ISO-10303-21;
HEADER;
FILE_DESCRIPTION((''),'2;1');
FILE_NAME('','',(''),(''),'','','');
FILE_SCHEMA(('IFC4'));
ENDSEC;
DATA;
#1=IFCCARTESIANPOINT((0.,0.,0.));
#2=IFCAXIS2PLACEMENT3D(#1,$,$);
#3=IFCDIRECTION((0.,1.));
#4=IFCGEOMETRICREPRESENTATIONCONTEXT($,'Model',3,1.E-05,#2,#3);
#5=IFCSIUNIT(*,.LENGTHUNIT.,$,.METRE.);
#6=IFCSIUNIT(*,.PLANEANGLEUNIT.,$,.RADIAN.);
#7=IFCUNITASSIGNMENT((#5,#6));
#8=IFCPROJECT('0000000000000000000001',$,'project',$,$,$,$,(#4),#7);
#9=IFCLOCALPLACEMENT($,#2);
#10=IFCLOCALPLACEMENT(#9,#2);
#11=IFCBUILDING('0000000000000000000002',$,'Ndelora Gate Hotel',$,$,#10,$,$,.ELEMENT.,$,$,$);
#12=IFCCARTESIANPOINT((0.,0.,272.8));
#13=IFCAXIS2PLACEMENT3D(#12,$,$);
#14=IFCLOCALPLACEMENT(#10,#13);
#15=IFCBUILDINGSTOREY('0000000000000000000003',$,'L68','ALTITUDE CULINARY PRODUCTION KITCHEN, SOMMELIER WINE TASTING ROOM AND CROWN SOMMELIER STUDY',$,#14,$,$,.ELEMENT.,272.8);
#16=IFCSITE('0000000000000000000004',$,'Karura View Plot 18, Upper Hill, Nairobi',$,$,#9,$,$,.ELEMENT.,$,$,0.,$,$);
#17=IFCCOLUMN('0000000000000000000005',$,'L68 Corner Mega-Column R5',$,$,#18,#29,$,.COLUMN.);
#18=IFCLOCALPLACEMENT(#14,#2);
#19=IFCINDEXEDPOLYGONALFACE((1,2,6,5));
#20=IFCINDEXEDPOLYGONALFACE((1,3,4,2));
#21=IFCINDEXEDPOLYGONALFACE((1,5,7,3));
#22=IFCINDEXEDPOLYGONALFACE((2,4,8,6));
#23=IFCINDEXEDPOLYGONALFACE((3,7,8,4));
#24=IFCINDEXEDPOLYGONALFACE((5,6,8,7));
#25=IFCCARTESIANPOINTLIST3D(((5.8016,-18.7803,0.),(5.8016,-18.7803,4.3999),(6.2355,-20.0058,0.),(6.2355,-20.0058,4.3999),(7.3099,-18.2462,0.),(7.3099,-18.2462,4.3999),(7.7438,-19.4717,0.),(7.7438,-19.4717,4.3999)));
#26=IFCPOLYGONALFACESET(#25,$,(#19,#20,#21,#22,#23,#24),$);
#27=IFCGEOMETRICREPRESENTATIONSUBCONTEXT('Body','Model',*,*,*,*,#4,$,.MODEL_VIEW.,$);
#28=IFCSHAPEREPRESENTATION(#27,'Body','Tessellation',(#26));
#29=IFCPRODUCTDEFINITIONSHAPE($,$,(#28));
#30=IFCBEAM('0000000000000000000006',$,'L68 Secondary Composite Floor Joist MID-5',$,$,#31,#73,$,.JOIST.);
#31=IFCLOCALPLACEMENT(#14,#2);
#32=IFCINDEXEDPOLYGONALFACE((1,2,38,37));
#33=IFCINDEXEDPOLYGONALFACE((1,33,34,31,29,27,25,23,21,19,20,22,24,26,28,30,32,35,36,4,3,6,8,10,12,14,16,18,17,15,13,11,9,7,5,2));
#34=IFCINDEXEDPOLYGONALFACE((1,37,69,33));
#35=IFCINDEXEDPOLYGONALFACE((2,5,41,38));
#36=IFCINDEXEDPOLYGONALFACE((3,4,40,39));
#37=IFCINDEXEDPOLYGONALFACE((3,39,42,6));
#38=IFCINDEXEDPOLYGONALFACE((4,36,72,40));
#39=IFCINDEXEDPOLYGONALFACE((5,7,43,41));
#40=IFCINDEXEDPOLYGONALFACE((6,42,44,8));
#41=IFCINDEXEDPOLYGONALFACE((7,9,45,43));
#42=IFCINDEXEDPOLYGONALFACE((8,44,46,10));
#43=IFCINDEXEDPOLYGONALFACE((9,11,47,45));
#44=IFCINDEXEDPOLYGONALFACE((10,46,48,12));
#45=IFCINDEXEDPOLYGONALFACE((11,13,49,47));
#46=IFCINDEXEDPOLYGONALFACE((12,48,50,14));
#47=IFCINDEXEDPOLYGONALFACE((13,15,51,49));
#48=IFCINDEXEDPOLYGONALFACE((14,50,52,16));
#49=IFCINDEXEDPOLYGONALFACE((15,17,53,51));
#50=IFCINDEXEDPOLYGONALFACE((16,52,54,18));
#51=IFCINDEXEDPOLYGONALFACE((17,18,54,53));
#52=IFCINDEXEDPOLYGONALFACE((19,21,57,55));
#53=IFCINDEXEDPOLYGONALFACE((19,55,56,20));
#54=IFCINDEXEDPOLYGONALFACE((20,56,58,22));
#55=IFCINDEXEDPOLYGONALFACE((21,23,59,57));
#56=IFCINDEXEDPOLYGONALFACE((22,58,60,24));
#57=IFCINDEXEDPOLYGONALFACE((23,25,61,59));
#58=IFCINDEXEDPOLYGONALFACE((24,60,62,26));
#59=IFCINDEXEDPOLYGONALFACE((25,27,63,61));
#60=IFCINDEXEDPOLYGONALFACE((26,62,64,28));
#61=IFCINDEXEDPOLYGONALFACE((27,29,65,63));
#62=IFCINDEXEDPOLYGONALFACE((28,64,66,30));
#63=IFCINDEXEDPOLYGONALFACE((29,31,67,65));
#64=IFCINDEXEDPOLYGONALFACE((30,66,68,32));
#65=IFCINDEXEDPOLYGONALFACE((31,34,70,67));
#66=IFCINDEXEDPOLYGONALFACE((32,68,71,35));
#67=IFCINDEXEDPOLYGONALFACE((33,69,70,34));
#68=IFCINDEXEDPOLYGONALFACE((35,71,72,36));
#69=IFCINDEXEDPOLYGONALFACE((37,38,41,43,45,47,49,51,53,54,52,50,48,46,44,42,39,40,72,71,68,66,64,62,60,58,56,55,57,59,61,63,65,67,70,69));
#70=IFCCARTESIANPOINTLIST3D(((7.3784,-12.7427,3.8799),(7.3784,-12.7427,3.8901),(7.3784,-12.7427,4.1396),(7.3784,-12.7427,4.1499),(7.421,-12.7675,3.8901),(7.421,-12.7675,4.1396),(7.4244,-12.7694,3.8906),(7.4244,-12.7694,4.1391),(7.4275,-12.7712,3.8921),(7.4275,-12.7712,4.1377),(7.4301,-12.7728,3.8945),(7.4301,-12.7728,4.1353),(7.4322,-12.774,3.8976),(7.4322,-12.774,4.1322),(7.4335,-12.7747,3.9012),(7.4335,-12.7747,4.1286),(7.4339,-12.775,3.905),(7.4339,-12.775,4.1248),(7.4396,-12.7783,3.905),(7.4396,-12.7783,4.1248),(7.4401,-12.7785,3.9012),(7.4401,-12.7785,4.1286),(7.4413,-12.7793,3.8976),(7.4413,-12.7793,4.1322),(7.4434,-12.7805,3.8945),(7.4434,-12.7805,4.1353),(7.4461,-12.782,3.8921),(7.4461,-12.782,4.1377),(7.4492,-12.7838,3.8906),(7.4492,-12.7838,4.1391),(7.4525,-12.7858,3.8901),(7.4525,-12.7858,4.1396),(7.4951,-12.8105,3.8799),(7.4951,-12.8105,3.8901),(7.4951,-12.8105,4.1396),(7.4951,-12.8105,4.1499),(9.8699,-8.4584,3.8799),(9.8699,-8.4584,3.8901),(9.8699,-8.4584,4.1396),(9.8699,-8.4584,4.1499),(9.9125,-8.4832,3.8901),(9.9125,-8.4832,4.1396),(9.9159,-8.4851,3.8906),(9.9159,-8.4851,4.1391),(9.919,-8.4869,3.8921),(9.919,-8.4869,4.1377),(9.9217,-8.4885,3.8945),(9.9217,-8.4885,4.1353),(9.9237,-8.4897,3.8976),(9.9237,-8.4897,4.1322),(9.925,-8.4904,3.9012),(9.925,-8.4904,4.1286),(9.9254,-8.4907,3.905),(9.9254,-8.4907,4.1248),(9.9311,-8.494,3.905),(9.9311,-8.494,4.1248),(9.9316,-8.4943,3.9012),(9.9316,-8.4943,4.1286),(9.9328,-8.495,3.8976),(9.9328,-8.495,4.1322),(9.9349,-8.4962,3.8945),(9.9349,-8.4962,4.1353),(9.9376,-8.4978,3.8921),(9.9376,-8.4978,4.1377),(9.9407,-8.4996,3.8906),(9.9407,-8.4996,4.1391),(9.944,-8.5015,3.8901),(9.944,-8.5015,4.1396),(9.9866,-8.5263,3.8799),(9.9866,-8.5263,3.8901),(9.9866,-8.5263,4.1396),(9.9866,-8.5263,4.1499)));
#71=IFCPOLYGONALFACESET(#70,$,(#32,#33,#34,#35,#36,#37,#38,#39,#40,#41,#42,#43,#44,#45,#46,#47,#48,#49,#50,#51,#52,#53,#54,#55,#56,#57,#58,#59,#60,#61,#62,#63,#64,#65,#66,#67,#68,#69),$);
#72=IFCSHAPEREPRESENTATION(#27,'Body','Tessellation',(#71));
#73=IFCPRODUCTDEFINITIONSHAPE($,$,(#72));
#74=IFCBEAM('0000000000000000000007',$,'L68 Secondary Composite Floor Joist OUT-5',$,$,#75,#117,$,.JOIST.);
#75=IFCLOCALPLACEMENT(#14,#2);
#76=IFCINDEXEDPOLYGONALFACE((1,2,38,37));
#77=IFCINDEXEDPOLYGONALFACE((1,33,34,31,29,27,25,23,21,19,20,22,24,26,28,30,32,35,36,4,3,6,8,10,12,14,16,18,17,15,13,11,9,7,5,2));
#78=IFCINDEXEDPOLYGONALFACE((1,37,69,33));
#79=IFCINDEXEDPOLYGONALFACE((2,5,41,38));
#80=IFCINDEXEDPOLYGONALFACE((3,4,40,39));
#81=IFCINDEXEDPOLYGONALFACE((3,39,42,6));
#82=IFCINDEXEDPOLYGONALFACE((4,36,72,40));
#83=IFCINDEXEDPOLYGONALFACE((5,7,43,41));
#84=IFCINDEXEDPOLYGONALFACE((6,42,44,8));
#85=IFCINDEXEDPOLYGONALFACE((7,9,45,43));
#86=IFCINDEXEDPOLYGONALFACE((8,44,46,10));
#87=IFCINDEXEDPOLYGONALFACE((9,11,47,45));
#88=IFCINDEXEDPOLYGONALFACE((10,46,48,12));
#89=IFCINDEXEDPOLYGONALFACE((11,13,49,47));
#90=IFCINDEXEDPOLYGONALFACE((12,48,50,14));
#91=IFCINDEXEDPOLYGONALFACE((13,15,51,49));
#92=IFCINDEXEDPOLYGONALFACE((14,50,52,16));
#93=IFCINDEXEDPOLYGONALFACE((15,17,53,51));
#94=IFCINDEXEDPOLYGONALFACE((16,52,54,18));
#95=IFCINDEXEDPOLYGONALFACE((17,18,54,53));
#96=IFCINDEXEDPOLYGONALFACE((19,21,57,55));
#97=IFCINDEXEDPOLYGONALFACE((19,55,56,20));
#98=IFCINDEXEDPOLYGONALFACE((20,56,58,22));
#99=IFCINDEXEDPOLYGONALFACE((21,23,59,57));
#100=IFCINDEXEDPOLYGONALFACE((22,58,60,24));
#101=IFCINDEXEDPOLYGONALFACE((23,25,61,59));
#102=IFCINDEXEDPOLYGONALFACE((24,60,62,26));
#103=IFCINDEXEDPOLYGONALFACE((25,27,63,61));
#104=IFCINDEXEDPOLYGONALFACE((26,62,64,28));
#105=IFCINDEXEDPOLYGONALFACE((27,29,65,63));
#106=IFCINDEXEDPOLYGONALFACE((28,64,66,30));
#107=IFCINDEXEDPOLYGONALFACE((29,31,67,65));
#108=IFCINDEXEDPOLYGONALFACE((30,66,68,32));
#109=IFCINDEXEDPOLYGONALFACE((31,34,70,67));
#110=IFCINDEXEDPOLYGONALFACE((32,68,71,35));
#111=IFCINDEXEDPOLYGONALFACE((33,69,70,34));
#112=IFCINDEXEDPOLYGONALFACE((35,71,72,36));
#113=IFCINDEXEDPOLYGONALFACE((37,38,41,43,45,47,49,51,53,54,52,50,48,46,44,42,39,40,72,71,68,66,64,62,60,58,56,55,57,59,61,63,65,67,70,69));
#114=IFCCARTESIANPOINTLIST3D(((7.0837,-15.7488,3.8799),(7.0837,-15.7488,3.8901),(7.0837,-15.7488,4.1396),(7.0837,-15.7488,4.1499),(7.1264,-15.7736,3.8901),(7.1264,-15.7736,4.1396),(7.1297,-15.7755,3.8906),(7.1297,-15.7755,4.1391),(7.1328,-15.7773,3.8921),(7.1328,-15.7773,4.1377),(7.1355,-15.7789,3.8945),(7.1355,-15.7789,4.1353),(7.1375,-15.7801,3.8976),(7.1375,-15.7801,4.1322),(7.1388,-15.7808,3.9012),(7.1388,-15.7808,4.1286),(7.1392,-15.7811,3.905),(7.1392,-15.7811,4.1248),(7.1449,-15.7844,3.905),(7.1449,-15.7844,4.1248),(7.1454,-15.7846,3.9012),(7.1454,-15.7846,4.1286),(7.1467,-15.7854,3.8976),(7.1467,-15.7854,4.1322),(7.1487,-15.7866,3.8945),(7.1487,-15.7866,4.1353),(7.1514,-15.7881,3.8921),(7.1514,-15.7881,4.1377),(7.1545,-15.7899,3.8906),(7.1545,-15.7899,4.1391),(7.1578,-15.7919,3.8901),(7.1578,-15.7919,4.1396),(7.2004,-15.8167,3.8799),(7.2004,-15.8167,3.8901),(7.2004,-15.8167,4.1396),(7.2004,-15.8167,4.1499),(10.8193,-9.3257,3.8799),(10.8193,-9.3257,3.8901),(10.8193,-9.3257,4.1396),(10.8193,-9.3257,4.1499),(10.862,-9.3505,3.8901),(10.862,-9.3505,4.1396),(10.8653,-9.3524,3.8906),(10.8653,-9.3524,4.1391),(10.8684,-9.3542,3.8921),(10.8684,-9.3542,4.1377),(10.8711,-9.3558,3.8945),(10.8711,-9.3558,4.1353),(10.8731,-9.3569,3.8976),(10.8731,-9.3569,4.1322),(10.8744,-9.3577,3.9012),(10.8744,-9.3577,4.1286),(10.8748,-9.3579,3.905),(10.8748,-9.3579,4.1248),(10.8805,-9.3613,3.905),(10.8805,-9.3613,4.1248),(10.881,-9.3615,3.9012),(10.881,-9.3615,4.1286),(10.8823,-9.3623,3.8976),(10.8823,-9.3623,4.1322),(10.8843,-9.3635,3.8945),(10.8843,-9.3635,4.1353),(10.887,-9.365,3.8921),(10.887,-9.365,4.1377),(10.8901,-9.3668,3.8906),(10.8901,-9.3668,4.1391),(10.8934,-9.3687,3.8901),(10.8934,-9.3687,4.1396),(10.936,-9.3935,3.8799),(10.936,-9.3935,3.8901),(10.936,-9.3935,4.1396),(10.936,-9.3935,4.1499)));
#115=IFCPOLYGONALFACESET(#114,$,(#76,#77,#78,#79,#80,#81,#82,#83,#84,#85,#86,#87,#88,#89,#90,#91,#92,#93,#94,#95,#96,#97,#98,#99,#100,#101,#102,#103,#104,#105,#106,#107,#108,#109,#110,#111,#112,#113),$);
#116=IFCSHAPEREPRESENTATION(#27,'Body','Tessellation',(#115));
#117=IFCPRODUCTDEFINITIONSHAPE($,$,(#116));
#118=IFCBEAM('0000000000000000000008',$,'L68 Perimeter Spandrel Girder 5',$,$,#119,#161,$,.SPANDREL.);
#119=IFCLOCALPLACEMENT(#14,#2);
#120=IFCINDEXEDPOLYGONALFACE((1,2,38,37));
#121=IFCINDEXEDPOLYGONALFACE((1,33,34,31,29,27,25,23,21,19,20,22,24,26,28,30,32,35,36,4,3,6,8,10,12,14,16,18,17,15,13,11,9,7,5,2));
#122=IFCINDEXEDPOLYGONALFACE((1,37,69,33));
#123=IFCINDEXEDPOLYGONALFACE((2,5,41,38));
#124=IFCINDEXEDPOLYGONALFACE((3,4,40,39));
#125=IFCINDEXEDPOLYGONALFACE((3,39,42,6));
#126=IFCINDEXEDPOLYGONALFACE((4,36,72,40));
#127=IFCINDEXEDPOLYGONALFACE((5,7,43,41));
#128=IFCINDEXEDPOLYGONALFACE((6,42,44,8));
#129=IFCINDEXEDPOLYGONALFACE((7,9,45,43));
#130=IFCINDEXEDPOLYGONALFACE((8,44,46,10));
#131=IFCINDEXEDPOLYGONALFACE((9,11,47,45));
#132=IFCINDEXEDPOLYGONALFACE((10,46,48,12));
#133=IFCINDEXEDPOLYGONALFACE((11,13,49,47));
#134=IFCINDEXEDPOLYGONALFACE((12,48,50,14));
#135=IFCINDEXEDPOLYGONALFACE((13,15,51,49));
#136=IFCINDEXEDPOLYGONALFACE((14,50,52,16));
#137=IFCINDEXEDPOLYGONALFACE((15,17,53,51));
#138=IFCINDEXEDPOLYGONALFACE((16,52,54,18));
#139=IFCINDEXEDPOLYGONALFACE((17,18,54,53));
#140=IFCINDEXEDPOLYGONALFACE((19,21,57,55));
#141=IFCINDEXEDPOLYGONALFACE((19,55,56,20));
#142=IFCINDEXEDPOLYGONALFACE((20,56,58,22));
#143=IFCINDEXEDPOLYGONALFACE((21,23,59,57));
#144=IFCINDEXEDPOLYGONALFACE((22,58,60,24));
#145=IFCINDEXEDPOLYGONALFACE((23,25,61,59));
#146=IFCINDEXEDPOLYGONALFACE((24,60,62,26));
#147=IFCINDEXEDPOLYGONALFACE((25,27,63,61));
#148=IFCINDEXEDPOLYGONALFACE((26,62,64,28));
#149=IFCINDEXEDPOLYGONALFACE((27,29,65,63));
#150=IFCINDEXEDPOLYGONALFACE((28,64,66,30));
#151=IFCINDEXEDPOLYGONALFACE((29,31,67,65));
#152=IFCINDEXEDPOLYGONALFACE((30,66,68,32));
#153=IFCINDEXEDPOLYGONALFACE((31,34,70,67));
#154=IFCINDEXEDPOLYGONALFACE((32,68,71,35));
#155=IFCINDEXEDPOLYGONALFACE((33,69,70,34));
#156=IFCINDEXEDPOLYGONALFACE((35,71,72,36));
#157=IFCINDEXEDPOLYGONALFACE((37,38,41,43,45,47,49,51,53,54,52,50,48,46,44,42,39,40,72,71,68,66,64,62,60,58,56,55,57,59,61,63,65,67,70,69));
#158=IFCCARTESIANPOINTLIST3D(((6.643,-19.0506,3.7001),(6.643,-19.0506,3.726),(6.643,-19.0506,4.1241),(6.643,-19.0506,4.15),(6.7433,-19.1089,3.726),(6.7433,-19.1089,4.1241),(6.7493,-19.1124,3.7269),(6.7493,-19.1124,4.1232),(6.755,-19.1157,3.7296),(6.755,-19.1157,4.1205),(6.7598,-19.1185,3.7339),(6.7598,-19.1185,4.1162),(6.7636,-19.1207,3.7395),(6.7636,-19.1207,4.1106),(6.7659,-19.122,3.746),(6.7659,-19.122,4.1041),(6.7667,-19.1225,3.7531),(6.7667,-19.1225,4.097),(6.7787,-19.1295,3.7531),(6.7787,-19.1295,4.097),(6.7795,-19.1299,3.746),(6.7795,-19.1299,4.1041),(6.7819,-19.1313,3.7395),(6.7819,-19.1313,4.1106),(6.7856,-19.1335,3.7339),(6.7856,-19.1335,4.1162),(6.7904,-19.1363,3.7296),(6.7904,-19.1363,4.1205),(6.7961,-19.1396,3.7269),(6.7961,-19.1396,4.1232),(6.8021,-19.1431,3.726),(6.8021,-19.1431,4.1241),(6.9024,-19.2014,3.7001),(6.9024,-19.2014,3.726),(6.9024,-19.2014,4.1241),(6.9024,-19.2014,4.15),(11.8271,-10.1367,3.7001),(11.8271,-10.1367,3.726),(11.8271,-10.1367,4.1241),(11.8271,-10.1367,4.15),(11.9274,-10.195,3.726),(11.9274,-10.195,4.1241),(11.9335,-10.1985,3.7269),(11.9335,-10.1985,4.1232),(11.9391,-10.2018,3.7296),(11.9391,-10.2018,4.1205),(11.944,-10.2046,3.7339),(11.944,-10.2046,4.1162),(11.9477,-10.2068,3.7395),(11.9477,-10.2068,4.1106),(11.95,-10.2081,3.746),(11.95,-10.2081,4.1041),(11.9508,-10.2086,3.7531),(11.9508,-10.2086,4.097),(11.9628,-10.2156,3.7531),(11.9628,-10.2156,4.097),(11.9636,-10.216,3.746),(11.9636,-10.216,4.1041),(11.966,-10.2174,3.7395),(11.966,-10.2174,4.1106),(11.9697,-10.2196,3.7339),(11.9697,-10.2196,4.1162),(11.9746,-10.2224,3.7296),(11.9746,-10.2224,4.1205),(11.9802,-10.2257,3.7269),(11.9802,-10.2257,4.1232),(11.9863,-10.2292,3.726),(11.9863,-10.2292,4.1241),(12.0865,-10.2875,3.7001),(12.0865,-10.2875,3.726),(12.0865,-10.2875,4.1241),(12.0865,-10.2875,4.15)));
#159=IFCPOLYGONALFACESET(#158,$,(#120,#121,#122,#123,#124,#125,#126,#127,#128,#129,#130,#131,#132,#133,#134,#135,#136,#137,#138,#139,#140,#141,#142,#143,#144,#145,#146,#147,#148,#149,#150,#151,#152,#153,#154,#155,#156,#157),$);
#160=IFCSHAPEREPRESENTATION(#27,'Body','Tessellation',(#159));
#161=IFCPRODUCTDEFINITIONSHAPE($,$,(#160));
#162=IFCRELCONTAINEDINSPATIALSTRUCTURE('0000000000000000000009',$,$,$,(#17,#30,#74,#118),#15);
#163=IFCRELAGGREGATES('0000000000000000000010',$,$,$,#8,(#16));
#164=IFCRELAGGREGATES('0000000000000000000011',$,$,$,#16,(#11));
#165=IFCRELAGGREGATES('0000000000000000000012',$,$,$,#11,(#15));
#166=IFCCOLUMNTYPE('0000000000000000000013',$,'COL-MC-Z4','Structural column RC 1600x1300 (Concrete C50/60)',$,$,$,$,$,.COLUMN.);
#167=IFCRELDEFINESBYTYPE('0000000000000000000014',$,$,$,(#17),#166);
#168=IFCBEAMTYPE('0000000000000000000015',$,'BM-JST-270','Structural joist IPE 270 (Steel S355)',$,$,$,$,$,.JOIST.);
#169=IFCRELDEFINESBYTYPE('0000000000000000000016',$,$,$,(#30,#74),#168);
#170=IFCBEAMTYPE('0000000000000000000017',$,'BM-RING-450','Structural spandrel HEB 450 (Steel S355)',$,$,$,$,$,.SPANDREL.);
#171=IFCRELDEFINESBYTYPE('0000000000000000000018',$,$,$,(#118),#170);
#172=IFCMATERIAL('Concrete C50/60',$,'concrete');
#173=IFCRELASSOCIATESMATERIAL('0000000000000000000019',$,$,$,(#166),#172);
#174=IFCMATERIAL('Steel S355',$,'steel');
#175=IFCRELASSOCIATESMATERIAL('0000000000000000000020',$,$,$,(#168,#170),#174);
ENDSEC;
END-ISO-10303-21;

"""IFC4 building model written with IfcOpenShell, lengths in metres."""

from ifc_helpers import new_model, si_unit, direction, frame, origin, origin_2d, place, context, subcontext, project, spatial, rectangle, i_section, extrude, material, material_profile, profile_set, type_object, element, save


model = new_model("IFC4")

# Units and contexts
model_context = context("Model", 3, precision=1e-05, world=origin(), true_north=direction((0.0, 1.0)))
body_context = subcontext(model_context, "Body", "Model", "MODEL_VIEW")
ifc_project = project(units=[si_unit("LENGTHUNIT", "METRE"), si_unit("PLANEANGLEUNIT", "RADIAN")], contexts=[model_context])

# Site, building, storey
site_placement = place(None, origin())
site = spatial("IfcSite", under=ifc_project, at=site_placement, Name="Karura View Plot 18, Upper Hill, Nairobi", CompositionType="ELEMENT", RefElevation=0.0)
building_placement = place(site_placement, origin())
building = spatial("IfcBuilding", under=site, at=building_placement, Name="Ndelora Gate Hotel", CompositionType="ELEMENT")
storey_placement = place(building_placement, frame((0.0, 0.0, 272.8)))
storey = spatial("IfcBuildingStorey", under=building, at=storey_placement, Name="L68", Description="ALTITUDE CULINARY PRODUCTION KITCHEN, SOMMELIER WINE TASTING ROOM AND CROWN SOMMELIER STUDY", CompositionType="ELEMENT", Elevation=272.8)

# Column
ifc_material_1 = material(Name="Concrete C50/60", Category="concrete")
ifc_material_profile_1 = material_profile(ifc_material_1, rectangle(XDim=1.3, YDim=1.6001, at=origin_2d()), Name="RC 1600x1300")
ifc_profile_set_1 = profile_set([ifc_material_profile_1], Name="Concrete C50/60")
column_type = type_object("IfcColumnType", Name="COL-MC-Z4", Description="Structural column RC 1600x1300 (Concrete C50/60)", PredefinedType="COLUMN", material=ifc_profile_set_1)
column_placement = place(storey_placement, frame((6.7727, -19.126, 0.0), z_axis=(0.0, 0.0, 1.0), x_axis=(-0.333807, 0.942641, 0.0)))
element("IfcColumn", 1, at=column_placement, inside=storey, type_object=column_type, Name="L68 Corner Mega-Column R5", PredefinedType="COLUMN", context=body_context, shape_type="SweptSolid", body=[
    extrude(rectangle(XDim=1.3, YDim=1.6001, at=origin_2d()), origin(), (0.0, 0.0, 1.0), 4.3999),
])

# Beams
ifc_material_2 = material(Name="Steel S355", Category="steel")
ifc_material_profile_2 = material_profile(ifc_material_2, i_section(OverallWidth=0.135, OverallDepth=0.27, WebThickness=0.0066, FlangeThickness=0.0103, FilletRadius=0.0149, at=origin_2d()), Name="IPE 270")
ifc_profile_set_2 = profile_set([ifc_material_profile_2], Name="Steel S355")
beam_type_1 = type_object("IfcBeamType", Name="BM-JST-270", Description="Structural joist IPE 270 (Steel S355)", PredefinedType="JOIST", material=ifc_profile_set_2)
beam_1_placement = place(storey_placement, frame((7.4368, -12.7766, 4.0149), z_axis=(0.502719, 0.86445, 0.0), x_axis=(-0.86445, 0.502719, 0.0)))
element("IfcBeam", 2, at=beam_1_placement, inside=storey, type_object=beam_type_1, Name="L68 Secondary Composite Floor Joist MID-5", PredefinedType="JOIST", context=body_context, shape_type="SweptSolid", body=[
    extrude(i_section(OverallWidth=0.135, OverallDepth=0.27, WebThickness=0.0066, FlangeThickness=0.0103, FilletRadius=0.0149, at=origin_2d()), origin(), (0.0, 0.0, 1.0), 4.9561),
])
beam_2_placement = place(storey_placement, frame((7.1421, -15.7827, 4.0149), z_axis=(0.502745, 0.864435, 0.0), x_axis=(-0.864435, 0.502745, 0.0)))
element("IfcBeam", 3, at=beam_2_placement, inside=storey, type_object=beam_type_1, Name="L68 Secondary Composite Floor Joist OUT-5", PredefinedType="JOIST", context=body_context, shape_type="SweptSolid", body=[
    extrude(i_section(OverallWidth=0.135, OverallDepth=0.27, WebThickness=0.0066, FlangeThickness=0.0103, FilletRadius=0.0149, at=origin_2d()), origin(), (0.0, 0.0, 1.0), 7.4304),
])
ifc_material_profile_3 = material_profile(ifc_material_2, i_section(OverallWidth=0.3, OverallDepth=0.45, WebThickness=0.0139, FlangeThickness=0.0259, FilletRadius=0.0271, at=origin_2d()), Name="HEB 450")
ifc_profile_set_3 = profile_set([ifc_material_profile_3], Name="Steel S355")
beam_type_2 = type_object("IfcBeamType", Name="BM-RING-450", Description="Structural spandrel HEB 450 (Steel S355)", PredefinedType="SPANDREL", material=ifc_profile_set_3)
beam_3_placement = place(storey_placement, frame((6.7727, -19.126, 3.925), z_axis=(0.502739, 0.864439, 0.0), x_axis=(-0.864439, 0.502739, 0.0)))
element("IfcBeam", 4, at=beam_3_placement, inside=storey, type_object=beam_type_2, Name="L68 Perimeter Spandrel Girder 5", PredefinedType="SPANDREL", context=body_context, shape_type="SweptSolid", body=[
    extrude(i_section(OverallWidth=0.3, OverallDepth=0.45, WebThickness=0.0139, FlangeThickness=0.0259, FilletRadius=0.0271, at=origin_2d()), origin(), (0.0, 0.0, 1.0), 10.3118),
])

save(model, "model.ifc")
